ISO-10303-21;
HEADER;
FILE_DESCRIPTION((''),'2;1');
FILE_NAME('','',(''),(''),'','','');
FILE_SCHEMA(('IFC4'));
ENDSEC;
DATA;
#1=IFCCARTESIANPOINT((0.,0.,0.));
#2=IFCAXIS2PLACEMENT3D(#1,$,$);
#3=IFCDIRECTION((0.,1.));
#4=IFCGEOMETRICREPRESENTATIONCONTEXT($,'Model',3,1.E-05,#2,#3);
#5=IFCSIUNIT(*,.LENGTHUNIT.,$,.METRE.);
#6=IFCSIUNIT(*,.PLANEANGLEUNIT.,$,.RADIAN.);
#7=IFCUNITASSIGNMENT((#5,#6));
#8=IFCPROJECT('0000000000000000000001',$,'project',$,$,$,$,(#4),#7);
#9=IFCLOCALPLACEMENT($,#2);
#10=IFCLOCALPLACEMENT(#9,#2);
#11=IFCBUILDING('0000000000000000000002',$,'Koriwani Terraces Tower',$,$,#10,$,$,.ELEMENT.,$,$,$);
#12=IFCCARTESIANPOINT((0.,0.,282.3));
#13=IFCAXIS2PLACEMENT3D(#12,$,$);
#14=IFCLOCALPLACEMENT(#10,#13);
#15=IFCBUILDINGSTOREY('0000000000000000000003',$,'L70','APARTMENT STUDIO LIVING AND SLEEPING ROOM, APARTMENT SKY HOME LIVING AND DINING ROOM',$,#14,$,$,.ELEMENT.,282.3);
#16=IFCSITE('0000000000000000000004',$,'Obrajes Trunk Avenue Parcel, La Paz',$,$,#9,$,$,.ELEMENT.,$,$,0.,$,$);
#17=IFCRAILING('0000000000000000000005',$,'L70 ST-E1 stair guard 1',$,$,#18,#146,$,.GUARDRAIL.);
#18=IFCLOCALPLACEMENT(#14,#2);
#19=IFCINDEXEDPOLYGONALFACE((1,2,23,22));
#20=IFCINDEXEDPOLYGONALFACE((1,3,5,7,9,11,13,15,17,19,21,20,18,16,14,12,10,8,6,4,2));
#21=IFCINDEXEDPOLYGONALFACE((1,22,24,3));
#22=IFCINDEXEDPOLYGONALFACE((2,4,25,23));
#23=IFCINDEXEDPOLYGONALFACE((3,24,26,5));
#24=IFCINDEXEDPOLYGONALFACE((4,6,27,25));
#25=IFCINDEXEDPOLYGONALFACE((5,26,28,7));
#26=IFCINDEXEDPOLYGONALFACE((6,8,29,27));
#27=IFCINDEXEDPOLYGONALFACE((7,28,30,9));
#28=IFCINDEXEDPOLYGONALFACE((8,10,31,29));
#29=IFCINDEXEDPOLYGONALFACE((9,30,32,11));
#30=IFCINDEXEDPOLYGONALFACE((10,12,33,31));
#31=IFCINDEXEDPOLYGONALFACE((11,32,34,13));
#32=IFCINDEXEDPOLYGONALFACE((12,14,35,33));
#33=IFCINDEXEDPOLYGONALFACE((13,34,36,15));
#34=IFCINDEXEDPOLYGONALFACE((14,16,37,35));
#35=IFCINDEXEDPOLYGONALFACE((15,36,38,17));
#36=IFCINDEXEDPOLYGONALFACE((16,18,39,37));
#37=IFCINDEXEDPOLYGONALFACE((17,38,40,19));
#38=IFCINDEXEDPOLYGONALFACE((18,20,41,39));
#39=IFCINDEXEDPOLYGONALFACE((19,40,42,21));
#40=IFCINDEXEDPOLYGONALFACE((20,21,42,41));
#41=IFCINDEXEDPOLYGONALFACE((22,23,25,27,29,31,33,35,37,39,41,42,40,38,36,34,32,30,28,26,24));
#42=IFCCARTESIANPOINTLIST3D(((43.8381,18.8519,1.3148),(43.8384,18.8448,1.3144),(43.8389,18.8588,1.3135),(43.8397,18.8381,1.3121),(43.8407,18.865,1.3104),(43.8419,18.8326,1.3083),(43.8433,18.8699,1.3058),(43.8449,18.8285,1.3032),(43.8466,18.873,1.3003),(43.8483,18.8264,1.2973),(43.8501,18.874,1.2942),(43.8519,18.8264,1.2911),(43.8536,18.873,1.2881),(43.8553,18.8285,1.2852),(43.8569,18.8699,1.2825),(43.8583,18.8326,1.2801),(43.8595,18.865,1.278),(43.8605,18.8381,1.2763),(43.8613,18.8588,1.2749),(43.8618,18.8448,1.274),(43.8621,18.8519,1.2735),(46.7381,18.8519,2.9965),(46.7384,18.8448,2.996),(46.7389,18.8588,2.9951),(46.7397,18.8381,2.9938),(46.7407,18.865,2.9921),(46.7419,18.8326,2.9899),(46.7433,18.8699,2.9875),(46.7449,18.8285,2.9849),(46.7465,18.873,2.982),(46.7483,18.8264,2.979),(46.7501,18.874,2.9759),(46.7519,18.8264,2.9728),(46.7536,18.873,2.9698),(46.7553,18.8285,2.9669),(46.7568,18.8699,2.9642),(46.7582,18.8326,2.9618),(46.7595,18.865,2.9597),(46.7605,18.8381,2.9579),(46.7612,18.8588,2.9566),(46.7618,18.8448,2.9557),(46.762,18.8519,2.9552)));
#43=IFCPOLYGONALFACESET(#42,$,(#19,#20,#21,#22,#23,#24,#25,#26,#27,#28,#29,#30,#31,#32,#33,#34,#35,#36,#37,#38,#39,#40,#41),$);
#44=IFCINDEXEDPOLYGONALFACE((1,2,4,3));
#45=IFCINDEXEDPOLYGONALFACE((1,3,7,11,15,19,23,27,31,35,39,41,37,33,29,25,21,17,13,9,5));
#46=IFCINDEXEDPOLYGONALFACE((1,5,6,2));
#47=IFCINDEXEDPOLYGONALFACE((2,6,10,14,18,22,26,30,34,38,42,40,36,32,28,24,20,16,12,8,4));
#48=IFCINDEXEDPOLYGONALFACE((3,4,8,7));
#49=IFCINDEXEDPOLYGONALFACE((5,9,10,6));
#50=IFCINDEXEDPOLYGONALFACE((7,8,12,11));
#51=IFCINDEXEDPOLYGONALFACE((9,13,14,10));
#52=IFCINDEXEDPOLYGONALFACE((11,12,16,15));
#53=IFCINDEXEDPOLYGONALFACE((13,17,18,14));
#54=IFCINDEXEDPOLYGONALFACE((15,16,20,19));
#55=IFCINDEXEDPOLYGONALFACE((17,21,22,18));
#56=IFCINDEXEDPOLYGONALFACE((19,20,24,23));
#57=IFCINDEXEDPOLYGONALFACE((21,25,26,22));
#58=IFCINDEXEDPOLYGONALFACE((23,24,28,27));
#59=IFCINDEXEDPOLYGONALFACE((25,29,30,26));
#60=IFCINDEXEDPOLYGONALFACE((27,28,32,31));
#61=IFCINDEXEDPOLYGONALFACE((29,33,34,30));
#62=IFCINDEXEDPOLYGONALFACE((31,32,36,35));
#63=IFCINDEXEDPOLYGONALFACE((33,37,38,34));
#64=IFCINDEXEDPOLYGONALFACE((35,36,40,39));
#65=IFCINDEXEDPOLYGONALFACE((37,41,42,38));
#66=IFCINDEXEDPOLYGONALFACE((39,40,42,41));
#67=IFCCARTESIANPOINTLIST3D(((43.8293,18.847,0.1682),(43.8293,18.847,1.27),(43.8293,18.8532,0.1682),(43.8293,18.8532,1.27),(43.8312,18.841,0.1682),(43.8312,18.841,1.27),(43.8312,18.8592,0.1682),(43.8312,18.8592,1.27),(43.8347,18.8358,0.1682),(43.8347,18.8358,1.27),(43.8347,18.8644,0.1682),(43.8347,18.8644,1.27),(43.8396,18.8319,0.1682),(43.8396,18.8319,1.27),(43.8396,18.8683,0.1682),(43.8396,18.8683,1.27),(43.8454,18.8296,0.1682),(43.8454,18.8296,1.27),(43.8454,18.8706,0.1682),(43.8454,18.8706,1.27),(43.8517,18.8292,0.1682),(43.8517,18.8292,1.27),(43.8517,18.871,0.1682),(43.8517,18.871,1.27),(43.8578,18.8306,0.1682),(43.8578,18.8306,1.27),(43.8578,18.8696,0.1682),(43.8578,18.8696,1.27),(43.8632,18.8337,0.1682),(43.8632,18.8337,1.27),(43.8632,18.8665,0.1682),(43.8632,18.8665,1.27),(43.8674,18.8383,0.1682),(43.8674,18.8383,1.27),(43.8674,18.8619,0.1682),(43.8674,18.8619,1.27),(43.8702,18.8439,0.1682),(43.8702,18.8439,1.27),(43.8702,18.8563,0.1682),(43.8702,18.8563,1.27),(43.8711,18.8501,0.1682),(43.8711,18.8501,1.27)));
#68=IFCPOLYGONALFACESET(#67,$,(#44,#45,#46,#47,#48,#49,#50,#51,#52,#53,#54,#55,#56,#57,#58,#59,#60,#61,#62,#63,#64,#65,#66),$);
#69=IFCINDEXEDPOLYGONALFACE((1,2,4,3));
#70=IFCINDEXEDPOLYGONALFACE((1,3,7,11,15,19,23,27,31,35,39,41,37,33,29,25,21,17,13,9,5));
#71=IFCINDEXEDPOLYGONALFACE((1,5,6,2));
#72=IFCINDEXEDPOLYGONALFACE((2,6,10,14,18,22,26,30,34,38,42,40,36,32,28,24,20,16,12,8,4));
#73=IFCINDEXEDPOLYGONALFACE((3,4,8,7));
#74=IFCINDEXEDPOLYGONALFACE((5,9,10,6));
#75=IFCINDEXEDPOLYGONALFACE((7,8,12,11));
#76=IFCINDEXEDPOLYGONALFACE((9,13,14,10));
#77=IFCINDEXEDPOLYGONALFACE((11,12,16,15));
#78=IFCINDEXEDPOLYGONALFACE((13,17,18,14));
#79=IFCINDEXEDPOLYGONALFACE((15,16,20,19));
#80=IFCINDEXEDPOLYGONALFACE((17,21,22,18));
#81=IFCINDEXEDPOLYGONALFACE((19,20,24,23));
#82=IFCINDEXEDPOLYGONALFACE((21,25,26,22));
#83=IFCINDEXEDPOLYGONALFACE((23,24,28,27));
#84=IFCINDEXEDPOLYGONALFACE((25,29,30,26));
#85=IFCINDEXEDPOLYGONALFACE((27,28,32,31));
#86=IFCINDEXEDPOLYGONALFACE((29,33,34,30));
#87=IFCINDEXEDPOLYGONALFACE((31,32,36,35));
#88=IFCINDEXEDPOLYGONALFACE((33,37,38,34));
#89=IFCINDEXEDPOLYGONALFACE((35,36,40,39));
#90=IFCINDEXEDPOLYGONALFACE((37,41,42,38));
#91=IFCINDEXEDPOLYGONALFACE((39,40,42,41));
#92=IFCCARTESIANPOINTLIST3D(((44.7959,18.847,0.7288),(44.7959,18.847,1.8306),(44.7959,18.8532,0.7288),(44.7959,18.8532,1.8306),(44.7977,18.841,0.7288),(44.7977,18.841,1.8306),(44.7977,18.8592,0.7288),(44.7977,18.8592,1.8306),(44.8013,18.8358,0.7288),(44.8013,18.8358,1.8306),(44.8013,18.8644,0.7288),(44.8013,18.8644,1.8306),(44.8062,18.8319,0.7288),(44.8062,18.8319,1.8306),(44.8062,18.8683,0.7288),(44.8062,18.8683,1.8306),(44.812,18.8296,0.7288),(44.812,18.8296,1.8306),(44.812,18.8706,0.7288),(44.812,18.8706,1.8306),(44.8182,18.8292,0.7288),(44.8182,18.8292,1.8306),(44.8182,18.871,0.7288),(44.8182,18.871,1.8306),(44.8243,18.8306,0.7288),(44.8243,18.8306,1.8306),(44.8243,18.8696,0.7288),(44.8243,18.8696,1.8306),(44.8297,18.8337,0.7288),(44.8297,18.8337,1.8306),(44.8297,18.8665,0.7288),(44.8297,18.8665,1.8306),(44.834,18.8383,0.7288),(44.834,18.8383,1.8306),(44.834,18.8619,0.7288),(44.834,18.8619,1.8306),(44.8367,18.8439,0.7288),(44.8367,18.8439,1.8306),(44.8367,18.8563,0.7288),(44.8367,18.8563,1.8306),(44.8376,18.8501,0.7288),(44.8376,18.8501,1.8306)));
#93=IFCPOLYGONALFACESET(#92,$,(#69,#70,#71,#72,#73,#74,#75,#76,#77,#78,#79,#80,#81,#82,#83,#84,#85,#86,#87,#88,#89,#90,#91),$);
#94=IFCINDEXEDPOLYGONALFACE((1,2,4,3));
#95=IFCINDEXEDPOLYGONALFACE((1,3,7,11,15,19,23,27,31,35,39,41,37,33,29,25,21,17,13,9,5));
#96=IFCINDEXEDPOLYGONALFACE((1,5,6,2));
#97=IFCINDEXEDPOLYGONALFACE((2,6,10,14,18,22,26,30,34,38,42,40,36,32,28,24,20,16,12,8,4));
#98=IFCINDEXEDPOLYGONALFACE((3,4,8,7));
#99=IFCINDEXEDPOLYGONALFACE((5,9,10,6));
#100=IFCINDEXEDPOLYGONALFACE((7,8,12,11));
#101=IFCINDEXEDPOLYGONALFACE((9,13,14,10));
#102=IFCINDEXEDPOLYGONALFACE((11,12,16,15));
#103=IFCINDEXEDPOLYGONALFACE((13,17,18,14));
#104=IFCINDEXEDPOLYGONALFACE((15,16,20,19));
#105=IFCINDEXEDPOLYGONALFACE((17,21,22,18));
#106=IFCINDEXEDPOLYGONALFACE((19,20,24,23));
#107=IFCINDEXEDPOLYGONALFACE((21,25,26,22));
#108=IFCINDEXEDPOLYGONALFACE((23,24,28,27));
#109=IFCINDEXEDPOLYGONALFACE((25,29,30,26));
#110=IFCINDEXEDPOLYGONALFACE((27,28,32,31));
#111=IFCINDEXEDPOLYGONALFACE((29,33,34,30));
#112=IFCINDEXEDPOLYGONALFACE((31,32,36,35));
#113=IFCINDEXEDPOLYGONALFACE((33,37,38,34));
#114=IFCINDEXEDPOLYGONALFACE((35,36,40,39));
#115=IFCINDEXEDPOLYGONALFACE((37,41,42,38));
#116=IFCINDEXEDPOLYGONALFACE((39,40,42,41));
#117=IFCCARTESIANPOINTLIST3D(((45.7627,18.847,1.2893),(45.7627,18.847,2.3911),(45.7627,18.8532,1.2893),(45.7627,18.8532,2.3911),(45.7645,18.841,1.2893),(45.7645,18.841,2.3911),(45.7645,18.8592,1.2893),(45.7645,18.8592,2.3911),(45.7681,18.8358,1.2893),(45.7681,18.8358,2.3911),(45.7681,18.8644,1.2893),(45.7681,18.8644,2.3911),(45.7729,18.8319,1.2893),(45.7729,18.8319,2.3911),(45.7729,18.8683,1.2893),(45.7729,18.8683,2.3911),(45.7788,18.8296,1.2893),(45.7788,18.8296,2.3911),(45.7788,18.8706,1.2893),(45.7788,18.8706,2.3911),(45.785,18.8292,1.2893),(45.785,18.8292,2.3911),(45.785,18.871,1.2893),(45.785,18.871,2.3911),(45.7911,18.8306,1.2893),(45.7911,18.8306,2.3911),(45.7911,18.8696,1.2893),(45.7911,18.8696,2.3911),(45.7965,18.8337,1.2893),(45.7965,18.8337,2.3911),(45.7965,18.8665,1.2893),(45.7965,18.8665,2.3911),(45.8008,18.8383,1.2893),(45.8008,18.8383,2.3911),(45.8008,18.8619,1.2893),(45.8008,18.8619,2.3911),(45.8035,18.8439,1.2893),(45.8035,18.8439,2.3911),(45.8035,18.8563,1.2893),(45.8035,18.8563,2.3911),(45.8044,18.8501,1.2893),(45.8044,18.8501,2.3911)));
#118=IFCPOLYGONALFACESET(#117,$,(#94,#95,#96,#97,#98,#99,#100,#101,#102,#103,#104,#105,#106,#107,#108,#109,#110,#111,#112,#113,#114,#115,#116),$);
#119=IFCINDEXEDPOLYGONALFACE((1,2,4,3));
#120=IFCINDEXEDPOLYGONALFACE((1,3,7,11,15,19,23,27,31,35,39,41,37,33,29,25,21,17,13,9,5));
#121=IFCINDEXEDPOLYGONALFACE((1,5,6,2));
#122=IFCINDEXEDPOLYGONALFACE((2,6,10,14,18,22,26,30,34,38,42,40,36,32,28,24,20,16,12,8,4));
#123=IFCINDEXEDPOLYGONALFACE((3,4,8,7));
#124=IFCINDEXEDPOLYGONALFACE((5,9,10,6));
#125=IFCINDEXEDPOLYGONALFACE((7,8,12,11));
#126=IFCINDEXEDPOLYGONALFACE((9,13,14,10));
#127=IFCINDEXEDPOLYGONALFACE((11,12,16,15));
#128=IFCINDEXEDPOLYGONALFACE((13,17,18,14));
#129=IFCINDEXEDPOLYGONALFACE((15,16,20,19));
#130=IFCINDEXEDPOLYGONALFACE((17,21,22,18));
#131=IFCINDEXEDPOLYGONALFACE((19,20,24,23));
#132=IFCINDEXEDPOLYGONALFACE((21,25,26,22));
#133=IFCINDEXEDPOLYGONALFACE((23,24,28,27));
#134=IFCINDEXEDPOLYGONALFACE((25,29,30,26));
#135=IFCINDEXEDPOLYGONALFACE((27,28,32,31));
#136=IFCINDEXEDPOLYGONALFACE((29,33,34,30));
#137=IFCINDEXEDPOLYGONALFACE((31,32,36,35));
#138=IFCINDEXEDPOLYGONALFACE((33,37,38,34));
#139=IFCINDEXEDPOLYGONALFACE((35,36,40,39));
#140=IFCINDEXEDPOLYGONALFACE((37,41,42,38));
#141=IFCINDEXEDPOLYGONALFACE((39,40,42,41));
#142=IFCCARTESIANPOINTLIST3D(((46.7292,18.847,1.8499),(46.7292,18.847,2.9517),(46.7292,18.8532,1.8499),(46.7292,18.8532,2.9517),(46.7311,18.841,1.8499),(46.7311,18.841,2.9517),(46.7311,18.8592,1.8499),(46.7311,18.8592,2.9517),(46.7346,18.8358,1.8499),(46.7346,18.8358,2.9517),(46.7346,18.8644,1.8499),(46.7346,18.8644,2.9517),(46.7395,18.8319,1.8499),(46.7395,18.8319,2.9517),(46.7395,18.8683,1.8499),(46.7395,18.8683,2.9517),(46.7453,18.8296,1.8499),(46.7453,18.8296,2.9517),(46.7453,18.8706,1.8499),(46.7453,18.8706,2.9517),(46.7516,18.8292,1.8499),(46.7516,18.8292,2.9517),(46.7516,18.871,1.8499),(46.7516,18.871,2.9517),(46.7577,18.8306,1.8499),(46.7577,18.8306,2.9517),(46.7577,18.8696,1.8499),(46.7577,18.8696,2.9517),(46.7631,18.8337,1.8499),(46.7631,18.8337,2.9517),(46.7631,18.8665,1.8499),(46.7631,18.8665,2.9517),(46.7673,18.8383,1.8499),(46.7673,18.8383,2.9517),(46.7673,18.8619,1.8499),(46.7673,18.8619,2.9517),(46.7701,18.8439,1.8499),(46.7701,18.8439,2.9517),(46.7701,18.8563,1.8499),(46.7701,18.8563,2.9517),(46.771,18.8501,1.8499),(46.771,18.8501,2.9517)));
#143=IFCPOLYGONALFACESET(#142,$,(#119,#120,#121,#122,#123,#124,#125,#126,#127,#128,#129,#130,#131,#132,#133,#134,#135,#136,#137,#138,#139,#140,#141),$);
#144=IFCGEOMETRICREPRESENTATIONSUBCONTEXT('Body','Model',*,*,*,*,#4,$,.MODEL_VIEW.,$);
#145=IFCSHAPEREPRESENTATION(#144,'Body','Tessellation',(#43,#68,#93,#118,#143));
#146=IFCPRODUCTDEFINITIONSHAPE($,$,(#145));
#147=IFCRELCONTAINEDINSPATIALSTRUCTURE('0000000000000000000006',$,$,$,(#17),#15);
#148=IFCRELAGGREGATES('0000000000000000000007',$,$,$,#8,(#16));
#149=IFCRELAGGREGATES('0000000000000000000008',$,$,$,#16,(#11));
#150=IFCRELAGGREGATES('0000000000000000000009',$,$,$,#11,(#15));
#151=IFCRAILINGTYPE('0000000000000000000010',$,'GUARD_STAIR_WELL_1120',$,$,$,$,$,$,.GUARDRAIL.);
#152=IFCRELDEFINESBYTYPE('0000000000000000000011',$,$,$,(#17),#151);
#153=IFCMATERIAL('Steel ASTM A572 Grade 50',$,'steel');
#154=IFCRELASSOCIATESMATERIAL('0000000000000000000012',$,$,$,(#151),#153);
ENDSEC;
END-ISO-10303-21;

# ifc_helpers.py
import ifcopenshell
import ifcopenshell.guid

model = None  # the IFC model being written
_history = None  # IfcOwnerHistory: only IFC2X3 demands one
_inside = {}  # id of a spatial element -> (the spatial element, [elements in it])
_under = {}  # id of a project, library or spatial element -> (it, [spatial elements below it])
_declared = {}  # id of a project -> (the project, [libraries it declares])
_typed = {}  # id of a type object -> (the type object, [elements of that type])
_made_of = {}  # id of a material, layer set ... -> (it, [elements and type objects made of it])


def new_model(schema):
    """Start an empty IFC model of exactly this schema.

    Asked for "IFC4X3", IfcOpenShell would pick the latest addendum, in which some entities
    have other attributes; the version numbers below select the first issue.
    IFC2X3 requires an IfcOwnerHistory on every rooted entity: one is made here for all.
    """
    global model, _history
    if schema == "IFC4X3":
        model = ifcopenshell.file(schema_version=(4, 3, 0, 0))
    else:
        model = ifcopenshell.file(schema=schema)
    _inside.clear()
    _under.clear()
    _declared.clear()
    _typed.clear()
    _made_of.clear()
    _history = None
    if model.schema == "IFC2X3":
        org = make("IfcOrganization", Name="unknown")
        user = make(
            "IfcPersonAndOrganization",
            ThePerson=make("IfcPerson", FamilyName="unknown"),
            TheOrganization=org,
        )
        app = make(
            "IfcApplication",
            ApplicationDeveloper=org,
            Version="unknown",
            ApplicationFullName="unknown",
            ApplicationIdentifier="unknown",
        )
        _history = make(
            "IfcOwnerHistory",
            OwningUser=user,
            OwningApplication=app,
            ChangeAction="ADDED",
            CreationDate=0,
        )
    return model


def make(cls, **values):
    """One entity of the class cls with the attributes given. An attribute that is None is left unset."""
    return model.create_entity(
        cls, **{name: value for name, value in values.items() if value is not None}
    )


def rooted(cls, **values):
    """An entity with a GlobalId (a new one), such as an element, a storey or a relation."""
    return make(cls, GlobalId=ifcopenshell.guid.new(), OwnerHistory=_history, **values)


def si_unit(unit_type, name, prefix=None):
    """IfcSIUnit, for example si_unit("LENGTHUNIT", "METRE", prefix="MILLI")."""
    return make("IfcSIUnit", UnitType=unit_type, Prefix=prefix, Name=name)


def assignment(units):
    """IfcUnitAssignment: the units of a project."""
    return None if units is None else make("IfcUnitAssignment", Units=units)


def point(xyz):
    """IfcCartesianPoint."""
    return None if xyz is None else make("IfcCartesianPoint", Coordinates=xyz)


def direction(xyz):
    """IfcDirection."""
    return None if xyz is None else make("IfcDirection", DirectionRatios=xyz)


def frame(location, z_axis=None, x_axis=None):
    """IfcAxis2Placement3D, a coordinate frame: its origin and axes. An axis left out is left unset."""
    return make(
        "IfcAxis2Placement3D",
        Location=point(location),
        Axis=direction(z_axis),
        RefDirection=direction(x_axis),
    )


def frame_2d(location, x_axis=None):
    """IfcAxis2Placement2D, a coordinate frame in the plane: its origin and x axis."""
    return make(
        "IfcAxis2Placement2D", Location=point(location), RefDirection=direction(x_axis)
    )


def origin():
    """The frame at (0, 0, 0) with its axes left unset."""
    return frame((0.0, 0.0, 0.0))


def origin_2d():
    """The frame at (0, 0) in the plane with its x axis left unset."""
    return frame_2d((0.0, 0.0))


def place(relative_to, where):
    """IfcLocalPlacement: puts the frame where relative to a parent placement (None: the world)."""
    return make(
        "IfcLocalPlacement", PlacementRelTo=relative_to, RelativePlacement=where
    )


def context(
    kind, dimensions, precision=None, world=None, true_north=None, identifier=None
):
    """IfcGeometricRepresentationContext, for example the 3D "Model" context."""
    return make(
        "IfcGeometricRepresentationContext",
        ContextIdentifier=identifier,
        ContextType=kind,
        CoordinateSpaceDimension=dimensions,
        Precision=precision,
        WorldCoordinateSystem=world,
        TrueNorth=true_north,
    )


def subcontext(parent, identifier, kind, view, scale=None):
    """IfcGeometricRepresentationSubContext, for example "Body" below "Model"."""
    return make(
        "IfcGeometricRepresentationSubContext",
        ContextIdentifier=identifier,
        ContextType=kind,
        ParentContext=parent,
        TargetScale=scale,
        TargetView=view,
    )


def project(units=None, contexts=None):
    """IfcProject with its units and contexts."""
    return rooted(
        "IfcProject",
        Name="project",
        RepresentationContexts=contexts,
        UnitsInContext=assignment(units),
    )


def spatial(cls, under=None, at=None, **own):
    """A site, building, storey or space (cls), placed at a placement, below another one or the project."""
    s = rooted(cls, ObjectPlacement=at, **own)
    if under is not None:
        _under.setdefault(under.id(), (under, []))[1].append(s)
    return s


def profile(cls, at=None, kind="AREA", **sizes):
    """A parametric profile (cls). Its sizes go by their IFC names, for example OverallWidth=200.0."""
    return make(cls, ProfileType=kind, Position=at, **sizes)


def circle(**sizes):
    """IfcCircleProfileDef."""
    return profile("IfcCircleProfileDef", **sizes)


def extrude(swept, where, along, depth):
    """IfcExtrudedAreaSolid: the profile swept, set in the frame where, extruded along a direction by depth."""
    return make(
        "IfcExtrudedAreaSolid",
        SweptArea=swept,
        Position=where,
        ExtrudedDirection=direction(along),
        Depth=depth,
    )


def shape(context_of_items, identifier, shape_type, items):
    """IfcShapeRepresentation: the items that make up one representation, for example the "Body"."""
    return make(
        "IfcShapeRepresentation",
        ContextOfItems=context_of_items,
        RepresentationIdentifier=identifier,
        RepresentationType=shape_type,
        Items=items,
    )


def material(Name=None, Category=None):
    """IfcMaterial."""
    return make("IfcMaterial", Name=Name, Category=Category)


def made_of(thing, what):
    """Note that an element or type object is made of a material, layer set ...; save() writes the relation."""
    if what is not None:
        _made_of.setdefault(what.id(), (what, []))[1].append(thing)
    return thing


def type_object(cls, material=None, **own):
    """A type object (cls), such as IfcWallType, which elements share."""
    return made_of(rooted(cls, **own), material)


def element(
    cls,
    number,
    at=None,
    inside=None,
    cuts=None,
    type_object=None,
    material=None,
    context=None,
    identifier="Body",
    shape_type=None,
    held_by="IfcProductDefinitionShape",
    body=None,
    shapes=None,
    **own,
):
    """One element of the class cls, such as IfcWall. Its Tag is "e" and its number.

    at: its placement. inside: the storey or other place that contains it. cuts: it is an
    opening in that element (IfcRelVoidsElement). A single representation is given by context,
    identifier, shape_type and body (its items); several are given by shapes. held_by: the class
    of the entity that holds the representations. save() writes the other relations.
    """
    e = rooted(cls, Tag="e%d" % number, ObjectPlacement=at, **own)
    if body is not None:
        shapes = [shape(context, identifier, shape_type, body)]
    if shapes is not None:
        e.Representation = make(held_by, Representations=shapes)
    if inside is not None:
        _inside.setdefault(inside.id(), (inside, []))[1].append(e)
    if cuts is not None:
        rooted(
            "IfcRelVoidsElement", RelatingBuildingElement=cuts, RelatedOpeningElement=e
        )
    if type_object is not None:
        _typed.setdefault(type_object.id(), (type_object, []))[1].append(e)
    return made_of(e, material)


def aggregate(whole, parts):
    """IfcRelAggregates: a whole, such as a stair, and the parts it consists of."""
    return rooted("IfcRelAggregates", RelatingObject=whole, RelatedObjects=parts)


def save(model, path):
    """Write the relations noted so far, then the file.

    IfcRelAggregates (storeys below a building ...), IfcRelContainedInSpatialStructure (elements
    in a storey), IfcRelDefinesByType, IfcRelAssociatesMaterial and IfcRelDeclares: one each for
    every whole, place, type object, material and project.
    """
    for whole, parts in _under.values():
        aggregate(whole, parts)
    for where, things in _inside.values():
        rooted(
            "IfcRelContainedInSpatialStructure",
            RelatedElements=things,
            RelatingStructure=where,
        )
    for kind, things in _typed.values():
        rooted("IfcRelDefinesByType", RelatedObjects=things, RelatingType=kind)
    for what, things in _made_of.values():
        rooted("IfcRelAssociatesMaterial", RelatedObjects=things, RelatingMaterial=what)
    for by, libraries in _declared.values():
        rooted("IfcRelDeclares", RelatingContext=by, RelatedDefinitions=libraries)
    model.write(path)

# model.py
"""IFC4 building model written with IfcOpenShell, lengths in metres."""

from ifc_helpers import new_model, si_unit, direction, frame, origin, origin_2d, place, context, subcontext, project, spatial, circle, extrude, material, type_object, element, save


model = new_model("IFC4")

# Units and contexts
model_context = context("Model", 3, precision=1e-05, world=origin(), true_north=direction((0.0, 1.0)))
body_context = subcontext(model_context, "Body", "Model", "MODEL_VIEW")
ifc_project = project(units=[si_unit("LENGTHUNIT", "METRE"), si_unit("PLANEANGLEUNIT", "RADIAN")], contexts=[model_context])

# Site, building, storey
site_placement = place(None, origin())
site = spatial("IfcSite", under=ifc_project, at=site_placement, Name="Obrajes Trunk Avenue Parcel, La Paz", CompositionType="ELEMENT", RefElevation=0.0)
building_placement = place(site_placement, origin())
building = spatial("IfcBuilding", under=site, at=building_placement, Name="Koriwani Terraces Tower", CompositionType="ELEMENT")
storey_placement = place(building_placement, frame((0.0, 0.0, 282.3)))
storey = spatial("IfcBuildingStorey", under=building, at=storey_placement, Name="L70", Description="APARTMENT STUDIO LIVING AND SLEEPING ROOM, APARTMENT SKY HOME LIVING AND DINING ROOM", CompositionType="ELEMENT", Elevation=282.3)

# Shared definitions
ifc_material_1 = material(Name="Steel ASTM A572 Grade 50", Category="steel")

# Railing
railing_type_1 = type_object("IfcRailingType", Name="GUARD_STAIR_WELL_1120", PredefinedType="GUARDRAIL", material=ifc_material_1)
railing_1_placement = place(storey_placement, frame((43.8501, 18.8501, 0.1682)))
element("IfcRailing", 1, at=railing_1_placement, inside=storey, type_object=railing_type_1, Name="L70 ST-E1 stair guard 1", PredefinedType="GUARDRAIL", context=body_context, shape_type="SweptSolid", body=[
    extrude(circle(Radius=0.0239, at=origin_2d()), frame((0.0, 0.0, 1.126), z_axis=(0.86507, 0.0, 0.501651), x_axis=(0.0, 1.0, 0.0)), (0.0, 0.0, 1.0), 3.3523),
    extrude(circle(Radius=0.021, at=origin_2d()), origin(), (0.0, 0.0, 1.0), 1.1018),
    extrude(circle(Radius=0.021, at=origin_2d()), frame((0.9666, 0.0, 0.5605)), (0.0, 0.0, 1.0), 1.1018),
    extrude(circle(Radius=0.021, at=origin_2d()), frame((1.9333, 0.0, 1.1211)), (0.0, 0.0, 1.0), 1.1018),
    extrude(circle(Radius=0.021, at=origin_2d()), frame((2.8999, 0.0, 1.6816)), (0.0, 0.0, 1.0), 1.1018),
])

save(model, "model.ifc")
